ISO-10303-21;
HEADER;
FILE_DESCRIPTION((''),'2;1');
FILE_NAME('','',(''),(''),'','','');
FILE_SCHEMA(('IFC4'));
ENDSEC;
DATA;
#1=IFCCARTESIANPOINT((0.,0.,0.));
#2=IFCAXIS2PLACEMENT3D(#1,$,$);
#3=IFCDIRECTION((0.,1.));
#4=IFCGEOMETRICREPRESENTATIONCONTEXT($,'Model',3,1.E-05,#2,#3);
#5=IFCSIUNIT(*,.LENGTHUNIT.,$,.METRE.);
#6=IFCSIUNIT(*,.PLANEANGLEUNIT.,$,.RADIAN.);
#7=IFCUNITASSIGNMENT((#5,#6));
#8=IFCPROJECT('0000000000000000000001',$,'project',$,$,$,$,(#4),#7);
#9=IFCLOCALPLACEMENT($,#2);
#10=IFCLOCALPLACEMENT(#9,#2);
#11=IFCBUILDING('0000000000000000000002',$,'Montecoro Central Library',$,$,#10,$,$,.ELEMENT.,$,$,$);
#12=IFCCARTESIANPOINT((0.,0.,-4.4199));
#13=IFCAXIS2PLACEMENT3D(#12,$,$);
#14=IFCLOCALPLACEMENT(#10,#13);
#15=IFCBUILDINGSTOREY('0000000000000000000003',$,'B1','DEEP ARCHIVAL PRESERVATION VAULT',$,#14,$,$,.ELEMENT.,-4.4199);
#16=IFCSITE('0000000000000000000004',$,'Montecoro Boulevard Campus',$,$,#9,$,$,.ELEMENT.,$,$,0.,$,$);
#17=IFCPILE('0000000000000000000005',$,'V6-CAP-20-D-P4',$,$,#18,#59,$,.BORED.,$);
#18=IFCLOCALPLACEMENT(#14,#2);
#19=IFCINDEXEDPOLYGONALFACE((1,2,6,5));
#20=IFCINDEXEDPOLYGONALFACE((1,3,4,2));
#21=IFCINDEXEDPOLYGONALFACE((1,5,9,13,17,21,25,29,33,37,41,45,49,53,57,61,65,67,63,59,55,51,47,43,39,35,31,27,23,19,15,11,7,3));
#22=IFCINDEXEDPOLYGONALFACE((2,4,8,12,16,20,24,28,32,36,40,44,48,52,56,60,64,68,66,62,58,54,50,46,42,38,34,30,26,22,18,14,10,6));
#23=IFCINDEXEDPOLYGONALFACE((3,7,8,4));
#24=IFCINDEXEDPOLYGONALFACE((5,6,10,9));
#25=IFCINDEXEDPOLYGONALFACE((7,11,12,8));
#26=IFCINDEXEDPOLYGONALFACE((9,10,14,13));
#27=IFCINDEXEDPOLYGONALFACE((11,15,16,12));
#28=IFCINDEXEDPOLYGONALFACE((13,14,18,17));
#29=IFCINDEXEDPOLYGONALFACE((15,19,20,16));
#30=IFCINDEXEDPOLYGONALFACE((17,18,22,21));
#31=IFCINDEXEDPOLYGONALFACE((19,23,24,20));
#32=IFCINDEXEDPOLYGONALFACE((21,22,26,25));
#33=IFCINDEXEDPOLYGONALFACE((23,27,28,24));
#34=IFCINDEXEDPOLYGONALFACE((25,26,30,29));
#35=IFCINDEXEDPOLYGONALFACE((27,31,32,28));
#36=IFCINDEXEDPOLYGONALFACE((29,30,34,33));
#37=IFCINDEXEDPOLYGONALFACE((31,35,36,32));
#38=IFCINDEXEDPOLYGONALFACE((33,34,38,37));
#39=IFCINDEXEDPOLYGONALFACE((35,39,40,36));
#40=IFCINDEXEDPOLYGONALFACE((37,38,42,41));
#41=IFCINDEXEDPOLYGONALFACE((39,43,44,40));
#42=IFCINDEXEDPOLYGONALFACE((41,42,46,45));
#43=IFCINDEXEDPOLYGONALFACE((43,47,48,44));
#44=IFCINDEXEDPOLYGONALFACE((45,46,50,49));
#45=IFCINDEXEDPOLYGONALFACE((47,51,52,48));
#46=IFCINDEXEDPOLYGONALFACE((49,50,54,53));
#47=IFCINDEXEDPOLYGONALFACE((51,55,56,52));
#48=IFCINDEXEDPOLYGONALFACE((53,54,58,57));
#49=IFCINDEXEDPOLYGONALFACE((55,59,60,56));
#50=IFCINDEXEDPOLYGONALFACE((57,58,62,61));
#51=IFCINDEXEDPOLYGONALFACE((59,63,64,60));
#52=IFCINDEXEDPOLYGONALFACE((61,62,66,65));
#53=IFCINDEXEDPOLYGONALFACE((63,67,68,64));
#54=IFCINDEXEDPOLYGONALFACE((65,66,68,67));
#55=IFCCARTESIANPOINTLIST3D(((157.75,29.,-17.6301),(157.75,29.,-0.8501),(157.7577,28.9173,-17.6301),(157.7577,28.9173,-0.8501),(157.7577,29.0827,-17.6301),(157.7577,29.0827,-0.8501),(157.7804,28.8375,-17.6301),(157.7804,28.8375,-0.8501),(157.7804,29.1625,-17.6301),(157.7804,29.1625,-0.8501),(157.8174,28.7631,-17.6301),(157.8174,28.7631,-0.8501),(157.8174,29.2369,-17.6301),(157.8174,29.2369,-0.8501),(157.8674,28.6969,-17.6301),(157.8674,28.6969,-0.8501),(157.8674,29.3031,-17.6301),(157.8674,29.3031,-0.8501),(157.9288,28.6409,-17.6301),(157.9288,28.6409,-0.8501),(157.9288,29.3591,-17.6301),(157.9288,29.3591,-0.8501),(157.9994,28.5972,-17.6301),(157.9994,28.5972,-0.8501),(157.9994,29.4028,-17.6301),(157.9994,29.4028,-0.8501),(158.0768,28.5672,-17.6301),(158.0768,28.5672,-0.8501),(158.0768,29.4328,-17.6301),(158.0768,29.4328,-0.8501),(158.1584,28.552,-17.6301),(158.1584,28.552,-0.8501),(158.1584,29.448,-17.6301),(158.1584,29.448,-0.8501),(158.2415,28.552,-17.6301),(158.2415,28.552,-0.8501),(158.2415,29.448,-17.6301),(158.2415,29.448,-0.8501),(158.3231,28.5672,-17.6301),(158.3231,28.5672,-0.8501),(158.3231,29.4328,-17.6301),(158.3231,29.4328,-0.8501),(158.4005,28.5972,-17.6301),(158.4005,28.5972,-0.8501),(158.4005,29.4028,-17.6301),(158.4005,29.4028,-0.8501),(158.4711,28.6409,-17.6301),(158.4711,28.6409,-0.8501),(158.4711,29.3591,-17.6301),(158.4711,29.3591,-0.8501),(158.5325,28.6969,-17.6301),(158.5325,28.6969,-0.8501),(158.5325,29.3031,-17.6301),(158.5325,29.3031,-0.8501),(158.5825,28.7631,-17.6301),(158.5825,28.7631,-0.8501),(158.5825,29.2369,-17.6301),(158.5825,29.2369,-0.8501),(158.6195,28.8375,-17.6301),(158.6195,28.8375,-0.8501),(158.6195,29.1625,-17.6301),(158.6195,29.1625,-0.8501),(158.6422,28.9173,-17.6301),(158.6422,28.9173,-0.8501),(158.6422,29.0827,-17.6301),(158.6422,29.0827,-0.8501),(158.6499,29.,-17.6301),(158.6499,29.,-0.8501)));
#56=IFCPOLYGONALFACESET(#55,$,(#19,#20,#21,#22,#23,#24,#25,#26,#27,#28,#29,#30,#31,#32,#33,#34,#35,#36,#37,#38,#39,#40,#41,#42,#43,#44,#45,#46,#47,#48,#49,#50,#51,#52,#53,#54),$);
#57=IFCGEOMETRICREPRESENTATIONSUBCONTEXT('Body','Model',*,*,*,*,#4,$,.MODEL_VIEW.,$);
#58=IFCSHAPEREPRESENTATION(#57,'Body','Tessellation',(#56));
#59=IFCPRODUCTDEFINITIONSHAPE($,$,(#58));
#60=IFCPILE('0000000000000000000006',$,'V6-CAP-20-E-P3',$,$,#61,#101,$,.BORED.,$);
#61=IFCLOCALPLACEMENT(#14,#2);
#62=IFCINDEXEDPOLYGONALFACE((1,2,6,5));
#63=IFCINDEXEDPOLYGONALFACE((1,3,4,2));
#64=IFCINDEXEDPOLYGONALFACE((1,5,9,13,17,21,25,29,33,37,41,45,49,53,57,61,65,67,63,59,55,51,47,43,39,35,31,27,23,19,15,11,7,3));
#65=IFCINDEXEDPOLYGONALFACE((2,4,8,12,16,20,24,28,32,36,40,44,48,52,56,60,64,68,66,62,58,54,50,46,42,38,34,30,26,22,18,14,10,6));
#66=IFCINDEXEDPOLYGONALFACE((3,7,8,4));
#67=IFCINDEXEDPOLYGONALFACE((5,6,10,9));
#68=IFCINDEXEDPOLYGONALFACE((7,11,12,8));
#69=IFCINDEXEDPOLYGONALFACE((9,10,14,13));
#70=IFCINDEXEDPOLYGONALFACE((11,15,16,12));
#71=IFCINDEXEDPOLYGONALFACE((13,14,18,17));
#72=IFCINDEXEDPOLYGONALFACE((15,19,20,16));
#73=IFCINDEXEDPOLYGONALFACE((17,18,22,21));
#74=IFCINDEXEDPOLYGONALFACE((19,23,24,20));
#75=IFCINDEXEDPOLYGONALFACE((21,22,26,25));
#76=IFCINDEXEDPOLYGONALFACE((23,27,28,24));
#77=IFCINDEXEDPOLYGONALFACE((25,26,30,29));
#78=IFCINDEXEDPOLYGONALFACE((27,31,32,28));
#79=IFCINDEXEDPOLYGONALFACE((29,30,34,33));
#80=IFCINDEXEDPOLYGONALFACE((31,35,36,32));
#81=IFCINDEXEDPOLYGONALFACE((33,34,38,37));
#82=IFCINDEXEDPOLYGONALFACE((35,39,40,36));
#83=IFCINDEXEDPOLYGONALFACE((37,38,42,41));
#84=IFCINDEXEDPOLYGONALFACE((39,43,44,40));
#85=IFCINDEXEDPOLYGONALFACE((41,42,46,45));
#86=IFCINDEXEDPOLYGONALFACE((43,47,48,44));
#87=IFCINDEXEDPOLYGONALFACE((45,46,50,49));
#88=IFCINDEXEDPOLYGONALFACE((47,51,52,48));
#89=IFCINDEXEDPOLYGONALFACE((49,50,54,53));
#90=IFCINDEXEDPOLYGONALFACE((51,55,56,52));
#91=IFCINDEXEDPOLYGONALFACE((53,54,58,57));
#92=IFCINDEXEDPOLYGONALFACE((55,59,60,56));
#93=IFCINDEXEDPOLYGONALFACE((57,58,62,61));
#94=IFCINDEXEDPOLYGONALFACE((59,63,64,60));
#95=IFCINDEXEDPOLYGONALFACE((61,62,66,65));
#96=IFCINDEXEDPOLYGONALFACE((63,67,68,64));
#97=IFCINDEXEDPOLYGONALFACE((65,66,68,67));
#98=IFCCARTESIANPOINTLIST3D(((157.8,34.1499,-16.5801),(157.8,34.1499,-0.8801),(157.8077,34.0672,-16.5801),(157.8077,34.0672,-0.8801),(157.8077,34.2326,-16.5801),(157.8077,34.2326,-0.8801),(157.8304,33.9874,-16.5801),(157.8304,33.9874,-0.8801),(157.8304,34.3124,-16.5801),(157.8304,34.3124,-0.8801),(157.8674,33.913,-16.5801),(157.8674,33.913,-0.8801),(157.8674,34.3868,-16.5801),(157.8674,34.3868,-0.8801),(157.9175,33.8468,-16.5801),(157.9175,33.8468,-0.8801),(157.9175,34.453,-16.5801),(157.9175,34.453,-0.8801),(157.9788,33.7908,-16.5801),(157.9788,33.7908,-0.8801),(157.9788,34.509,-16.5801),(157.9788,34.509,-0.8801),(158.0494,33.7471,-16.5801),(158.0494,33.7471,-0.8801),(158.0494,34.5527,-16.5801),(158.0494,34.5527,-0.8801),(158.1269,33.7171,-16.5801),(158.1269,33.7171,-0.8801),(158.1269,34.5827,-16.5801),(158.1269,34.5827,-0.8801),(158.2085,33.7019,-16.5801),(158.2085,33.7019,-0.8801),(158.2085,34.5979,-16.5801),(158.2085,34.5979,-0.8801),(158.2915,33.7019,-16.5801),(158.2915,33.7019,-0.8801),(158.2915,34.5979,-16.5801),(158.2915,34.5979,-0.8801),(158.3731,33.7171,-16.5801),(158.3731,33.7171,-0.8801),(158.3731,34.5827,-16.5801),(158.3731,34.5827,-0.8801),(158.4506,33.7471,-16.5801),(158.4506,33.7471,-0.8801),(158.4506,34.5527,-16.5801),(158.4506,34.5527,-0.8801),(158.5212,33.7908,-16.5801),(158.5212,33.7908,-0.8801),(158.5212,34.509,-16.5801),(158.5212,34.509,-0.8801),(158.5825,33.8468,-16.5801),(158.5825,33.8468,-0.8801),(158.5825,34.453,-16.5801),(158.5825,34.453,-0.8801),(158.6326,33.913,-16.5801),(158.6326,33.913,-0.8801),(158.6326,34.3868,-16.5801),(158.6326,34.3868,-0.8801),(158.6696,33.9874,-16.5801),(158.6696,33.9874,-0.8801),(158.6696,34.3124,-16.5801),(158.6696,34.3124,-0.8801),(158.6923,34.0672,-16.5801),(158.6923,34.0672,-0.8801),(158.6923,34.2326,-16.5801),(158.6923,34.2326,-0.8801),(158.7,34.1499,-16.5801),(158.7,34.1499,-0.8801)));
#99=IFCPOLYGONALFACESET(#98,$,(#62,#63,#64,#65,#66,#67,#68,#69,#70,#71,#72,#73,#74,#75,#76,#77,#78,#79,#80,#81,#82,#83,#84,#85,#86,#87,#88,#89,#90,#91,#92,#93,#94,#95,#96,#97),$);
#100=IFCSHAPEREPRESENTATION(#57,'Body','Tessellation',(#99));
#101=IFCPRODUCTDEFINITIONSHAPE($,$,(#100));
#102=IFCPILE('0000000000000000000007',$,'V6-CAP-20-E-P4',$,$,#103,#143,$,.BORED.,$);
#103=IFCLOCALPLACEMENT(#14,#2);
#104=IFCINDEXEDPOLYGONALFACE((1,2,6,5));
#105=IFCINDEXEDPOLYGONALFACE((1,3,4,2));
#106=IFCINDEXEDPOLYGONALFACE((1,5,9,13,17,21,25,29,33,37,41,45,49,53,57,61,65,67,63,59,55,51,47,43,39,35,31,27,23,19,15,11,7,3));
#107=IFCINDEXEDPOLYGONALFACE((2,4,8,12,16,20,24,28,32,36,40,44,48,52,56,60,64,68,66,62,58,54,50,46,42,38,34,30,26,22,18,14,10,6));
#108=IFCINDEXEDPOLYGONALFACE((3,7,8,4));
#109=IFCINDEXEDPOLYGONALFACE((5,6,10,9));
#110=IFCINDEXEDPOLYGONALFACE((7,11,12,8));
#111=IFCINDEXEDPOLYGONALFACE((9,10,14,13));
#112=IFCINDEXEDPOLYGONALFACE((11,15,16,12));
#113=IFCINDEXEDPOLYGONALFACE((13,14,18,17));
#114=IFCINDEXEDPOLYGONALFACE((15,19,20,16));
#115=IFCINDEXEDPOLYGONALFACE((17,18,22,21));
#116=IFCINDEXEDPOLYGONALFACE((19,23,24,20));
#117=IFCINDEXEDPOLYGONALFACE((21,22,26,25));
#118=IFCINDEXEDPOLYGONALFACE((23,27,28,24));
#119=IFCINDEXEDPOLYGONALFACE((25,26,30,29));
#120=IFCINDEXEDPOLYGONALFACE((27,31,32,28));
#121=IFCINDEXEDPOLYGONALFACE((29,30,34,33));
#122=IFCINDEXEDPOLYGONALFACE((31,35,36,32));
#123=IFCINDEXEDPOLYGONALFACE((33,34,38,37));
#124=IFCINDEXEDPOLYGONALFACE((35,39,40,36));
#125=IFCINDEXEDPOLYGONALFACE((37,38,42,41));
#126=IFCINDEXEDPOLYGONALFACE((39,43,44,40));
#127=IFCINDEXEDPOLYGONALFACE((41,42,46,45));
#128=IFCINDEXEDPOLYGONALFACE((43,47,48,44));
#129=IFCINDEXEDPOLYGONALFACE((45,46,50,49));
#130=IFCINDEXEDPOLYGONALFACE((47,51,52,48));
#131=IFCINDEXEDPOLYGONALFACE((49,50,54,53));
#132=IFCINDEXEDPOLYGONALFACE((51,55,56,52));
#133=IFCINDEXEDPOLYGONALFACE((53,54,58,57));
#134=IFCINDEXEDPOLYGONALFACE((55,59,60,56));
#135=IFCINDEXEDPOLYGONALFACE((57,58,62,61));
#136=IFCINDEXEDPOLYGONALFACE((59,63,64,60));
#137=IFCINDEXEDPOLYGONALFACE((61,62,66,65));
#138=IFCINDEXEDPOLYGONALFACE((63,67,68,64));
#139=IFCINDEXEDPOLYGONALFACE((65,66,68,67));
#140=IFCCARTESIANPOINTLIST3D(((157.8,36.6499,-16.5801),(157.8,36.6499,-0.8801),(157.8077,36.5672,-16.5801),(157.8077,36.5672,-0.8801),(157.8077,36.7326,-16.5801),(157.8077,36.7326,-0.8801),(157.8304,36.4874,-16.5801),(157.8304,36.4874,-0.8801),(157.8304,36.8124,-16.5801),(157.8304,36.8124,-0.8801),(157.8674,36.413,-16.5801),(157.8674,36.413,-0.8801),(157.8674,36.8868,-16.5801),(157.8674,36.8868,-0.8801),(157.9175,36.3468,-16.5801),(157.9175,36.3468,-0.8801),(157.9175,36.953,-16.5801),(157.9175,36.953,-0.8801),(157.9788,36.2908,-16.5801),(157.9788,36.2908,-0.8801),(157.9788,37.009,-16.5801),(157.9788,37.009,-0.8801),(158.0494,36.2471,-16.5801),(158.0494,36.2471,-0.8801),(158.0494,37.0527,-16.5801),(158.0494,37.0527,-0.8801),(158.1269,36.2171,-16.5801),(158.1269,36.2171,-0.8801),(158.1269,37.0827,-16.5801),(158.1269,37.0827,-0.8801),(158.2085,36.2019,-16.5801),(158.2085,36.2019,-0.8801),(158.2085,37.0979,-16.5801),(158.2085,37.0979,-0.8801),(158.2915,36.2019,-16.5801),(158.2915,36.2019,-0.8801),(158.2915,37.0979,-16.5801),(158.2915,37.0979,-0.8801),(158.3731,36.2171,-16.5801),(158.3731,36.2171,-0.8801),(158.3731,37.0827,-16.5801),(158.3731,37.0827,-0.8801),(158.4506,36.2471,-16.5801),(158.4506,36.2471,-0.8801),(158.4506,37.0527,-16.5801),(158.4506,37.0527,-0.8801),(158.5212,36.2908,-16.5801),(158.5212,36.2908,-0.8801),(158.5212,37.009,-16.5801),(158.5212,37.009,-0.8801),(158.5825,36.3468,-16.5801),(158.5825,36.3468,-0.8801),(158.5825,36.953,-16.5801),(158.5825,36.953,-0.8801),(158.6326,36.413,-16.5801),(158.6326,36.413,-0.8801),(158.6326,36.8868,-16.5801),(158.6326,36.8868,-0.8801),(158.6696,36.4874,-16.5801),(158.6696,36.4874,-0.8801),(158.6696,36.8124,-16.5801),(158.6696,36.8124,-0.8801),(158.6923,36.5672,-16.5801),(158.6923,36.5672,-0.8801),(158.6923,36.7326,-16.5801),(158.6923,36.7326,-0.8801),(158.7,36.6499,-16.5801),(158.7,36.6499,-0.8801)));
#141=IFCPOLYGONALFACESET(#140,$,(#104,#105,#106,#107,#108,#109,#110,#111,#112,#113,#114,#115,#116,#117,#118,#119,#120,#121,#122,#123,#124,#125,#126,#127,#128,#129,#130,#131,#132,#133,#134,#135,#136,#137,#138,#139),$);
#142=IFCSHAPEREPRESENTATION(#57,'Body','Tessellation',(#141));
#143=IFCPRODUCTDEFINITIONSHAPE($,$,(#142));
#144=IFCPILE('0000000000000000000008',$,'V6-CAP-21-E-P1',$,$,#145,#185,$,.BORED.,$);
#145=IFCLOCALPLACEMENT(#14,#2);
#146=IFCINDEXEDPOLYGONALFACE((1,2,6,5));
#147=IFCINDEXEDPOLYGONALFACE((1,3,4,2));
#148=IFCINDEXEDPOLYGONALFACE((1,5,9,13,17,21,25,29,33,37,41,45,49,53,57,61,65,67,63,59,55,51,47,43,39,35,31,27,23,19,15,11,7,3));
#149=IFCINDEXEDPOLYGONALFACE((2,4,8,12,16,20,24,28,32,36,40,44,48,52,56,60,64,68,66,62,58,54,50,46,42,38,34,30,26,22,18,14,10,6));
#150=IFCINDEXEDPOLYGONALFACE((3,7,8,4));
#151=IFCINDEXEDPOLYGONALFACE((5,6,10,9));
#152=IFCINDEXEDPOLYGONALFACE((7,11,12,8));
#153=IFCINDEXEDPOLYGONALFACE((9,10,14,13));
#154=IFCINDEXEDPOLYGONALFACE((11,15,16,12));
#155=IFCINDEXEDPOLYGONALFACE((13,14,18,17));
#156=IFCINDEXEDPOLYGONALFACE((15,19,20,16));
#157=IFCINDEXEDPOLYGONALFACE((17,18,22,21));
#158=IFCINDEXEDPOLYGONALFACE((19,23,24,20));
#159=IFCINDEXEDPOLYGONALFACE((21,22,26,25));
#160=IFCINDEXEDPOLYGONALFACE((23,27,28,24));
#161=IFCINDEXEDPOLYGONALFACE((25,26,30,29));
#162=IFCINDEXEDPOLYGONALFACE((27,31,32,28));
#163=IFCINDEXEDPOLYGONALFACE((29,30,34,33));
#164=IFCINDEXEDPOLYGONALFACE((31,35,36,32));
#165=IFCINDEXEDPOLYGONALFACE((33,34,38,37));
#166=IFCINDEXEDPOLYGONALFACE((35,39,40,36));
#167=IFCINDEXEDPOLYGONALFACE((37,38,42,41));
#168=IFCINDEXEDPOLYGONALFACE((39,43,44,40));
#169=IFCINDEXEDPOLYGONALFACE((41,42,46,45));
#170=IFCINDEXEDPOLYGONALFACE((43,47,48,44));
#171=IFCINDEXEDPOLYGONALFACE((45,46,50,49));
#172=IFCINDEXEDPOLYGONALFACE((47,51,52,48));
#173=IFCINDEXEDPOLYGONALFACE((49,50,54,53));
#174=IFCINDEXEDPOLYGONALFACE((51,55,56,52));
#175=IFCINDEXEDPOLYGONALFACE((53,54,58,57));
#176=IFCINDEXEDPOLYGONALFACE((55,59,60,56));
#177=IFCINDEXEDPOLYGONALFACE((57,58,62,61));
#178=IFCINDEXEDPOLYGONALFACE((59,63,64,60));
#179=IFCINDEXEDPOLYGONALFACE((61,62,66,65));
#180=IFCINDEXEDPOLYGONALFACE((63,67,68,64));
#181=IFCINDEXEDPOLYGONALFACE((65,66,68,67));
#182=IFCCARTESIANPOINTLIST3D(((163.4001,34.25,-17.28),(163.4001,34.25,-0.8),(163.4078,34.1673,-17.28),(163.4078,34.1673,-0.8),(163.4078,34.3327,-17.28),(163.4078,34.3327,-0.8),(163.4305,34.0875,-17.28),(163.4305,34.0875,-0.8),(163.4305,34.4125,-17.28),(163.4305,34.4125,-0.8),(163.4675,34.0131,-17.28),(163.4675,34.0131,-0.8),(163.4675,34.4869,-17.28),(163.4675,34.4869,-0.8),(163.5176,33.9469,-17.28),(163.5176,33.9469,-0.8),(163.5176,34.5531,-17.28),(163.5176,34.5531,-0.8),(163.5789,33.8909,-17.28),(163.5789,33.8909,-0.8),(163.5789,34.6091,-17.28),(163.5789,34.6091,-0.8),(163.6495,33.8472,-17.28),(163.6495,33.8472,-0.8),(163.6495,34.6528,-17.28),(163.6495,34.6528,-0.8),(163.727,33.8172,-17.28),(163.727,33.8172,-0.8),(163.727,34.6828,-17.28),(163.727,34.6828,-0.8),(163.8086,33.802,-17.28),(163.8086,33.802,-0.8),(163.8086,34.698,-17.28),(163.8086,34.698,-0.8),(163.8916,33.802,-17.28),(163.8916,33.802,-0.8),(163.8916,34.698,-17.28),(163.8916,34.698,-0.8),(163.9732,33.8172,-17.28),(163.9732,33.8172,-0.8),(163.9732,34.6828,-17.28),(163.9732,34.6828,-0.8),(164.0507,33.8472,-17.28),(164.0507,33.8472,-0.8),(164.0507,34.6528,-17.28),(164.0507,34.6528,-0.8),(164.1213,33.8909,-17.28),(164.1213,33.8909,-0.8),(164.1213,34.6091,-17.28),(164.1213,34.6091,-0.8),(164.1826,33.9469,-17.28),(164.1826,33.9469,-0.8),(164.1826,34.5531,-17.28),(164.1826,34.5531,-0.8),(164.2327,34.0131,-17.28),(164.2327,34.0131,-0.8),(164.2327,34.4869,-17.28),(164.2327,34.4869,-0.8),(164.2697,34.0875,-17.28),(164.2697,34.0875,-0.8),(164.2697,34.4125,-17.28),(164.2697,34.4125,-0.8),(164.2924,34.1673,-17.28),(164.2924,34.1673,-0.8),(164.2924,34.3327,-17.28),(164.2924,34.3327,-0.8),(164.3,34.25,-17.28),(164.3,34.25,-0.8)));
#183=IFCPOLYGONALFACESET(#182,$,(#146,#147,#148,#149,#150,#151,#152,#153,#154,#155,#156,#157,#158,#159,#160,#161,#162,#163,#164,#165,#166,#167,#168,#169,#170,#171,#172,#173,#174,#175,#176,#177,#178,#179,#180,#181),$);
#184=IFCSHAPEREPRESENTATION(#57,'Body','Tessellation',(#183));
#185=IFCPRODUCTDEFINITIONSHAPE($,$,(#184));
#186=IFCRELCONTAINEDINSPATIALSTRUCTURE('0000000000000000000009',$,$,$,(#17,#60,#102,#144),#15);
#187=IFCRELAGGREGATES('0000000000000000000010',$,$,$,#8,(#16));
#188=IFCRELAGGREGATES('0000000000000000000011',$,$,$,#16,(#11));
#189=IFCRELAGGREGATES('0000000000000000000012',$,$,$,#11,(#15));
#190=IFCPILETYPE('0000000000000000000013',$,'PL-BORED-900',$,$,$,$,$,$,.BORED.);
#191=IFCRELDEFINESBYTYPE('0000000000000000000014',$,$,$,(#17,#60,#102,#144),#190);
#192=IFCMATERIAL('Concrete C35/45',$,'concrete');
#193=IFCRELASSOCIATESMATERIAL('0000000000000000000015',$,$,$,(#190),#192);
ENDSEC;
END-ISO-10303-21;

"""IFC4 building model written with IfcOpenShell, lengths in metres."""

from ifc_helpers import new_model, si_unit, direction, frame, origin, origin_2d, place, context, subcontext, project, spatial, circle, extrude, material, material_profile, profile_set, type_object, element, save


model = new_model("IFC4")

# Units and contexts
model_context = context("Model", 3, precision=1e-05, world=origin(), true_north=direction((0.0, 1.0)))
body_context = subcontext(model_context, "Body", "Model", "MODEL_VIEW")
ifc_project = project(units=[si_unit("LENGTHUNIT", "METRE"), si_unit("PLANEANGLEUNIT", "RADIAN")], contexts=[model_context])

# Site, building, storey
site_placement = place(None, origin())
site = spatial("IfcSite", under=ifc_project, at=site_placement, Name="Montecoro Boulevard Campus", CompositionType="ELEMENT", RefElevation=0.0)
building_placement = place(site_placement, origin())
building = spatial("IfcBuilding", under=site, at=building_placement, Name="Montecoro Central Library", CompositionType="ELEMENT")
storey_placement = place(building_placement, frame((0.0, 0.0, -4.4199)))
storey = spatial("IfcBuildingStorey", under=building, at=storey_placement, Name="B1", Description="DEEP ARCHIVAL PRESERVATION VAULT", CompositionType="ELEMENT", Elevation=-4.4199)

# Shared definitions
ifc_material_1 = material(Name="Concrete C35/45", Category="concrete")

# Piles
ifc_material_profile_1 = material_profile(ifc_material_1, circle(Radius=0.45, at=origin_2d()), Name="PILE D900")
ifc_profile_set_1 = profile_set([ifc_material_profile_1], Name="Concrete C35/45")
pile_type_1 = type_object("IfcPileType", Name="PL-BORED-900", PredefinedType="BORED", material=ifc_profile_set_1)
pile_1_placement = place(storey_placement, frame((158.2, 29.0, -0.8501), z_axis=(0.0, 0.0, -1.0), x_axis=(1.0, 0.0, 0.0)))
element("IfcPile", 1, at=pile_1_placement, inside=storey, type_object=pile_type_1, Name="V6-CAP-20-D-P4", PredefinedType="BORED", context=body_context, shape_type="SweptSolid", body=[
    extrude(circle(Radius=0.45, at=origin_2d()), origin(), (0.0, 0.0, 1.0), 16.78),
])
for number, where, z_axis, x_axis, name in (
    (2, (158.25, 34.1499, -0.8801), (0.0, 0.0, -1.0), (1.0, 0.0, 0.0), "V6-CAP-20-E-P3"),
    (3, (158.25, 36.6499, -0.8801), (0.0, 0.0, -1.0), (1.0, 0.0, 0.0), "V6-CAP-20-E-P4"),
):
    element("IfcPile", number, at=place(storey_placement, frame(where, z_axis=z_axis, x_axis=x_axis)), inside=storey, type_object=pile_type_1, Name=name, PredefinedType="BORED", context=body_context, shape_type="SweptSolid", body=[
        extrude(circle(Radius=0.45, at=origin_2d()), origin(), (0.0, 0.0, 1.0), 15.7),
    ])
for number, where, z_axis, x_axis, name in (
    (4, (163.8501, 34.25, -0.8), (0.0, 0.0, -1.0), (1.0, 0.0, 0.0), "V6-CAP-21-E-P1"),
):
    element("IfcPile", number, at=place(storey_placement, frame(where, z_axis=z_axis, x_axis=x_axis)), inside=storey, type_object=pile_type_1, Name=name, PredefinedType="BORED", context=body_context, shape_type="SweptSolid", body=[
        extrude(circle(Radius=0.45, at=origin_2d()), origin(), (0.0, 0.0, 1.0), 16.48),
    ])

save(model, "model.ifc")
